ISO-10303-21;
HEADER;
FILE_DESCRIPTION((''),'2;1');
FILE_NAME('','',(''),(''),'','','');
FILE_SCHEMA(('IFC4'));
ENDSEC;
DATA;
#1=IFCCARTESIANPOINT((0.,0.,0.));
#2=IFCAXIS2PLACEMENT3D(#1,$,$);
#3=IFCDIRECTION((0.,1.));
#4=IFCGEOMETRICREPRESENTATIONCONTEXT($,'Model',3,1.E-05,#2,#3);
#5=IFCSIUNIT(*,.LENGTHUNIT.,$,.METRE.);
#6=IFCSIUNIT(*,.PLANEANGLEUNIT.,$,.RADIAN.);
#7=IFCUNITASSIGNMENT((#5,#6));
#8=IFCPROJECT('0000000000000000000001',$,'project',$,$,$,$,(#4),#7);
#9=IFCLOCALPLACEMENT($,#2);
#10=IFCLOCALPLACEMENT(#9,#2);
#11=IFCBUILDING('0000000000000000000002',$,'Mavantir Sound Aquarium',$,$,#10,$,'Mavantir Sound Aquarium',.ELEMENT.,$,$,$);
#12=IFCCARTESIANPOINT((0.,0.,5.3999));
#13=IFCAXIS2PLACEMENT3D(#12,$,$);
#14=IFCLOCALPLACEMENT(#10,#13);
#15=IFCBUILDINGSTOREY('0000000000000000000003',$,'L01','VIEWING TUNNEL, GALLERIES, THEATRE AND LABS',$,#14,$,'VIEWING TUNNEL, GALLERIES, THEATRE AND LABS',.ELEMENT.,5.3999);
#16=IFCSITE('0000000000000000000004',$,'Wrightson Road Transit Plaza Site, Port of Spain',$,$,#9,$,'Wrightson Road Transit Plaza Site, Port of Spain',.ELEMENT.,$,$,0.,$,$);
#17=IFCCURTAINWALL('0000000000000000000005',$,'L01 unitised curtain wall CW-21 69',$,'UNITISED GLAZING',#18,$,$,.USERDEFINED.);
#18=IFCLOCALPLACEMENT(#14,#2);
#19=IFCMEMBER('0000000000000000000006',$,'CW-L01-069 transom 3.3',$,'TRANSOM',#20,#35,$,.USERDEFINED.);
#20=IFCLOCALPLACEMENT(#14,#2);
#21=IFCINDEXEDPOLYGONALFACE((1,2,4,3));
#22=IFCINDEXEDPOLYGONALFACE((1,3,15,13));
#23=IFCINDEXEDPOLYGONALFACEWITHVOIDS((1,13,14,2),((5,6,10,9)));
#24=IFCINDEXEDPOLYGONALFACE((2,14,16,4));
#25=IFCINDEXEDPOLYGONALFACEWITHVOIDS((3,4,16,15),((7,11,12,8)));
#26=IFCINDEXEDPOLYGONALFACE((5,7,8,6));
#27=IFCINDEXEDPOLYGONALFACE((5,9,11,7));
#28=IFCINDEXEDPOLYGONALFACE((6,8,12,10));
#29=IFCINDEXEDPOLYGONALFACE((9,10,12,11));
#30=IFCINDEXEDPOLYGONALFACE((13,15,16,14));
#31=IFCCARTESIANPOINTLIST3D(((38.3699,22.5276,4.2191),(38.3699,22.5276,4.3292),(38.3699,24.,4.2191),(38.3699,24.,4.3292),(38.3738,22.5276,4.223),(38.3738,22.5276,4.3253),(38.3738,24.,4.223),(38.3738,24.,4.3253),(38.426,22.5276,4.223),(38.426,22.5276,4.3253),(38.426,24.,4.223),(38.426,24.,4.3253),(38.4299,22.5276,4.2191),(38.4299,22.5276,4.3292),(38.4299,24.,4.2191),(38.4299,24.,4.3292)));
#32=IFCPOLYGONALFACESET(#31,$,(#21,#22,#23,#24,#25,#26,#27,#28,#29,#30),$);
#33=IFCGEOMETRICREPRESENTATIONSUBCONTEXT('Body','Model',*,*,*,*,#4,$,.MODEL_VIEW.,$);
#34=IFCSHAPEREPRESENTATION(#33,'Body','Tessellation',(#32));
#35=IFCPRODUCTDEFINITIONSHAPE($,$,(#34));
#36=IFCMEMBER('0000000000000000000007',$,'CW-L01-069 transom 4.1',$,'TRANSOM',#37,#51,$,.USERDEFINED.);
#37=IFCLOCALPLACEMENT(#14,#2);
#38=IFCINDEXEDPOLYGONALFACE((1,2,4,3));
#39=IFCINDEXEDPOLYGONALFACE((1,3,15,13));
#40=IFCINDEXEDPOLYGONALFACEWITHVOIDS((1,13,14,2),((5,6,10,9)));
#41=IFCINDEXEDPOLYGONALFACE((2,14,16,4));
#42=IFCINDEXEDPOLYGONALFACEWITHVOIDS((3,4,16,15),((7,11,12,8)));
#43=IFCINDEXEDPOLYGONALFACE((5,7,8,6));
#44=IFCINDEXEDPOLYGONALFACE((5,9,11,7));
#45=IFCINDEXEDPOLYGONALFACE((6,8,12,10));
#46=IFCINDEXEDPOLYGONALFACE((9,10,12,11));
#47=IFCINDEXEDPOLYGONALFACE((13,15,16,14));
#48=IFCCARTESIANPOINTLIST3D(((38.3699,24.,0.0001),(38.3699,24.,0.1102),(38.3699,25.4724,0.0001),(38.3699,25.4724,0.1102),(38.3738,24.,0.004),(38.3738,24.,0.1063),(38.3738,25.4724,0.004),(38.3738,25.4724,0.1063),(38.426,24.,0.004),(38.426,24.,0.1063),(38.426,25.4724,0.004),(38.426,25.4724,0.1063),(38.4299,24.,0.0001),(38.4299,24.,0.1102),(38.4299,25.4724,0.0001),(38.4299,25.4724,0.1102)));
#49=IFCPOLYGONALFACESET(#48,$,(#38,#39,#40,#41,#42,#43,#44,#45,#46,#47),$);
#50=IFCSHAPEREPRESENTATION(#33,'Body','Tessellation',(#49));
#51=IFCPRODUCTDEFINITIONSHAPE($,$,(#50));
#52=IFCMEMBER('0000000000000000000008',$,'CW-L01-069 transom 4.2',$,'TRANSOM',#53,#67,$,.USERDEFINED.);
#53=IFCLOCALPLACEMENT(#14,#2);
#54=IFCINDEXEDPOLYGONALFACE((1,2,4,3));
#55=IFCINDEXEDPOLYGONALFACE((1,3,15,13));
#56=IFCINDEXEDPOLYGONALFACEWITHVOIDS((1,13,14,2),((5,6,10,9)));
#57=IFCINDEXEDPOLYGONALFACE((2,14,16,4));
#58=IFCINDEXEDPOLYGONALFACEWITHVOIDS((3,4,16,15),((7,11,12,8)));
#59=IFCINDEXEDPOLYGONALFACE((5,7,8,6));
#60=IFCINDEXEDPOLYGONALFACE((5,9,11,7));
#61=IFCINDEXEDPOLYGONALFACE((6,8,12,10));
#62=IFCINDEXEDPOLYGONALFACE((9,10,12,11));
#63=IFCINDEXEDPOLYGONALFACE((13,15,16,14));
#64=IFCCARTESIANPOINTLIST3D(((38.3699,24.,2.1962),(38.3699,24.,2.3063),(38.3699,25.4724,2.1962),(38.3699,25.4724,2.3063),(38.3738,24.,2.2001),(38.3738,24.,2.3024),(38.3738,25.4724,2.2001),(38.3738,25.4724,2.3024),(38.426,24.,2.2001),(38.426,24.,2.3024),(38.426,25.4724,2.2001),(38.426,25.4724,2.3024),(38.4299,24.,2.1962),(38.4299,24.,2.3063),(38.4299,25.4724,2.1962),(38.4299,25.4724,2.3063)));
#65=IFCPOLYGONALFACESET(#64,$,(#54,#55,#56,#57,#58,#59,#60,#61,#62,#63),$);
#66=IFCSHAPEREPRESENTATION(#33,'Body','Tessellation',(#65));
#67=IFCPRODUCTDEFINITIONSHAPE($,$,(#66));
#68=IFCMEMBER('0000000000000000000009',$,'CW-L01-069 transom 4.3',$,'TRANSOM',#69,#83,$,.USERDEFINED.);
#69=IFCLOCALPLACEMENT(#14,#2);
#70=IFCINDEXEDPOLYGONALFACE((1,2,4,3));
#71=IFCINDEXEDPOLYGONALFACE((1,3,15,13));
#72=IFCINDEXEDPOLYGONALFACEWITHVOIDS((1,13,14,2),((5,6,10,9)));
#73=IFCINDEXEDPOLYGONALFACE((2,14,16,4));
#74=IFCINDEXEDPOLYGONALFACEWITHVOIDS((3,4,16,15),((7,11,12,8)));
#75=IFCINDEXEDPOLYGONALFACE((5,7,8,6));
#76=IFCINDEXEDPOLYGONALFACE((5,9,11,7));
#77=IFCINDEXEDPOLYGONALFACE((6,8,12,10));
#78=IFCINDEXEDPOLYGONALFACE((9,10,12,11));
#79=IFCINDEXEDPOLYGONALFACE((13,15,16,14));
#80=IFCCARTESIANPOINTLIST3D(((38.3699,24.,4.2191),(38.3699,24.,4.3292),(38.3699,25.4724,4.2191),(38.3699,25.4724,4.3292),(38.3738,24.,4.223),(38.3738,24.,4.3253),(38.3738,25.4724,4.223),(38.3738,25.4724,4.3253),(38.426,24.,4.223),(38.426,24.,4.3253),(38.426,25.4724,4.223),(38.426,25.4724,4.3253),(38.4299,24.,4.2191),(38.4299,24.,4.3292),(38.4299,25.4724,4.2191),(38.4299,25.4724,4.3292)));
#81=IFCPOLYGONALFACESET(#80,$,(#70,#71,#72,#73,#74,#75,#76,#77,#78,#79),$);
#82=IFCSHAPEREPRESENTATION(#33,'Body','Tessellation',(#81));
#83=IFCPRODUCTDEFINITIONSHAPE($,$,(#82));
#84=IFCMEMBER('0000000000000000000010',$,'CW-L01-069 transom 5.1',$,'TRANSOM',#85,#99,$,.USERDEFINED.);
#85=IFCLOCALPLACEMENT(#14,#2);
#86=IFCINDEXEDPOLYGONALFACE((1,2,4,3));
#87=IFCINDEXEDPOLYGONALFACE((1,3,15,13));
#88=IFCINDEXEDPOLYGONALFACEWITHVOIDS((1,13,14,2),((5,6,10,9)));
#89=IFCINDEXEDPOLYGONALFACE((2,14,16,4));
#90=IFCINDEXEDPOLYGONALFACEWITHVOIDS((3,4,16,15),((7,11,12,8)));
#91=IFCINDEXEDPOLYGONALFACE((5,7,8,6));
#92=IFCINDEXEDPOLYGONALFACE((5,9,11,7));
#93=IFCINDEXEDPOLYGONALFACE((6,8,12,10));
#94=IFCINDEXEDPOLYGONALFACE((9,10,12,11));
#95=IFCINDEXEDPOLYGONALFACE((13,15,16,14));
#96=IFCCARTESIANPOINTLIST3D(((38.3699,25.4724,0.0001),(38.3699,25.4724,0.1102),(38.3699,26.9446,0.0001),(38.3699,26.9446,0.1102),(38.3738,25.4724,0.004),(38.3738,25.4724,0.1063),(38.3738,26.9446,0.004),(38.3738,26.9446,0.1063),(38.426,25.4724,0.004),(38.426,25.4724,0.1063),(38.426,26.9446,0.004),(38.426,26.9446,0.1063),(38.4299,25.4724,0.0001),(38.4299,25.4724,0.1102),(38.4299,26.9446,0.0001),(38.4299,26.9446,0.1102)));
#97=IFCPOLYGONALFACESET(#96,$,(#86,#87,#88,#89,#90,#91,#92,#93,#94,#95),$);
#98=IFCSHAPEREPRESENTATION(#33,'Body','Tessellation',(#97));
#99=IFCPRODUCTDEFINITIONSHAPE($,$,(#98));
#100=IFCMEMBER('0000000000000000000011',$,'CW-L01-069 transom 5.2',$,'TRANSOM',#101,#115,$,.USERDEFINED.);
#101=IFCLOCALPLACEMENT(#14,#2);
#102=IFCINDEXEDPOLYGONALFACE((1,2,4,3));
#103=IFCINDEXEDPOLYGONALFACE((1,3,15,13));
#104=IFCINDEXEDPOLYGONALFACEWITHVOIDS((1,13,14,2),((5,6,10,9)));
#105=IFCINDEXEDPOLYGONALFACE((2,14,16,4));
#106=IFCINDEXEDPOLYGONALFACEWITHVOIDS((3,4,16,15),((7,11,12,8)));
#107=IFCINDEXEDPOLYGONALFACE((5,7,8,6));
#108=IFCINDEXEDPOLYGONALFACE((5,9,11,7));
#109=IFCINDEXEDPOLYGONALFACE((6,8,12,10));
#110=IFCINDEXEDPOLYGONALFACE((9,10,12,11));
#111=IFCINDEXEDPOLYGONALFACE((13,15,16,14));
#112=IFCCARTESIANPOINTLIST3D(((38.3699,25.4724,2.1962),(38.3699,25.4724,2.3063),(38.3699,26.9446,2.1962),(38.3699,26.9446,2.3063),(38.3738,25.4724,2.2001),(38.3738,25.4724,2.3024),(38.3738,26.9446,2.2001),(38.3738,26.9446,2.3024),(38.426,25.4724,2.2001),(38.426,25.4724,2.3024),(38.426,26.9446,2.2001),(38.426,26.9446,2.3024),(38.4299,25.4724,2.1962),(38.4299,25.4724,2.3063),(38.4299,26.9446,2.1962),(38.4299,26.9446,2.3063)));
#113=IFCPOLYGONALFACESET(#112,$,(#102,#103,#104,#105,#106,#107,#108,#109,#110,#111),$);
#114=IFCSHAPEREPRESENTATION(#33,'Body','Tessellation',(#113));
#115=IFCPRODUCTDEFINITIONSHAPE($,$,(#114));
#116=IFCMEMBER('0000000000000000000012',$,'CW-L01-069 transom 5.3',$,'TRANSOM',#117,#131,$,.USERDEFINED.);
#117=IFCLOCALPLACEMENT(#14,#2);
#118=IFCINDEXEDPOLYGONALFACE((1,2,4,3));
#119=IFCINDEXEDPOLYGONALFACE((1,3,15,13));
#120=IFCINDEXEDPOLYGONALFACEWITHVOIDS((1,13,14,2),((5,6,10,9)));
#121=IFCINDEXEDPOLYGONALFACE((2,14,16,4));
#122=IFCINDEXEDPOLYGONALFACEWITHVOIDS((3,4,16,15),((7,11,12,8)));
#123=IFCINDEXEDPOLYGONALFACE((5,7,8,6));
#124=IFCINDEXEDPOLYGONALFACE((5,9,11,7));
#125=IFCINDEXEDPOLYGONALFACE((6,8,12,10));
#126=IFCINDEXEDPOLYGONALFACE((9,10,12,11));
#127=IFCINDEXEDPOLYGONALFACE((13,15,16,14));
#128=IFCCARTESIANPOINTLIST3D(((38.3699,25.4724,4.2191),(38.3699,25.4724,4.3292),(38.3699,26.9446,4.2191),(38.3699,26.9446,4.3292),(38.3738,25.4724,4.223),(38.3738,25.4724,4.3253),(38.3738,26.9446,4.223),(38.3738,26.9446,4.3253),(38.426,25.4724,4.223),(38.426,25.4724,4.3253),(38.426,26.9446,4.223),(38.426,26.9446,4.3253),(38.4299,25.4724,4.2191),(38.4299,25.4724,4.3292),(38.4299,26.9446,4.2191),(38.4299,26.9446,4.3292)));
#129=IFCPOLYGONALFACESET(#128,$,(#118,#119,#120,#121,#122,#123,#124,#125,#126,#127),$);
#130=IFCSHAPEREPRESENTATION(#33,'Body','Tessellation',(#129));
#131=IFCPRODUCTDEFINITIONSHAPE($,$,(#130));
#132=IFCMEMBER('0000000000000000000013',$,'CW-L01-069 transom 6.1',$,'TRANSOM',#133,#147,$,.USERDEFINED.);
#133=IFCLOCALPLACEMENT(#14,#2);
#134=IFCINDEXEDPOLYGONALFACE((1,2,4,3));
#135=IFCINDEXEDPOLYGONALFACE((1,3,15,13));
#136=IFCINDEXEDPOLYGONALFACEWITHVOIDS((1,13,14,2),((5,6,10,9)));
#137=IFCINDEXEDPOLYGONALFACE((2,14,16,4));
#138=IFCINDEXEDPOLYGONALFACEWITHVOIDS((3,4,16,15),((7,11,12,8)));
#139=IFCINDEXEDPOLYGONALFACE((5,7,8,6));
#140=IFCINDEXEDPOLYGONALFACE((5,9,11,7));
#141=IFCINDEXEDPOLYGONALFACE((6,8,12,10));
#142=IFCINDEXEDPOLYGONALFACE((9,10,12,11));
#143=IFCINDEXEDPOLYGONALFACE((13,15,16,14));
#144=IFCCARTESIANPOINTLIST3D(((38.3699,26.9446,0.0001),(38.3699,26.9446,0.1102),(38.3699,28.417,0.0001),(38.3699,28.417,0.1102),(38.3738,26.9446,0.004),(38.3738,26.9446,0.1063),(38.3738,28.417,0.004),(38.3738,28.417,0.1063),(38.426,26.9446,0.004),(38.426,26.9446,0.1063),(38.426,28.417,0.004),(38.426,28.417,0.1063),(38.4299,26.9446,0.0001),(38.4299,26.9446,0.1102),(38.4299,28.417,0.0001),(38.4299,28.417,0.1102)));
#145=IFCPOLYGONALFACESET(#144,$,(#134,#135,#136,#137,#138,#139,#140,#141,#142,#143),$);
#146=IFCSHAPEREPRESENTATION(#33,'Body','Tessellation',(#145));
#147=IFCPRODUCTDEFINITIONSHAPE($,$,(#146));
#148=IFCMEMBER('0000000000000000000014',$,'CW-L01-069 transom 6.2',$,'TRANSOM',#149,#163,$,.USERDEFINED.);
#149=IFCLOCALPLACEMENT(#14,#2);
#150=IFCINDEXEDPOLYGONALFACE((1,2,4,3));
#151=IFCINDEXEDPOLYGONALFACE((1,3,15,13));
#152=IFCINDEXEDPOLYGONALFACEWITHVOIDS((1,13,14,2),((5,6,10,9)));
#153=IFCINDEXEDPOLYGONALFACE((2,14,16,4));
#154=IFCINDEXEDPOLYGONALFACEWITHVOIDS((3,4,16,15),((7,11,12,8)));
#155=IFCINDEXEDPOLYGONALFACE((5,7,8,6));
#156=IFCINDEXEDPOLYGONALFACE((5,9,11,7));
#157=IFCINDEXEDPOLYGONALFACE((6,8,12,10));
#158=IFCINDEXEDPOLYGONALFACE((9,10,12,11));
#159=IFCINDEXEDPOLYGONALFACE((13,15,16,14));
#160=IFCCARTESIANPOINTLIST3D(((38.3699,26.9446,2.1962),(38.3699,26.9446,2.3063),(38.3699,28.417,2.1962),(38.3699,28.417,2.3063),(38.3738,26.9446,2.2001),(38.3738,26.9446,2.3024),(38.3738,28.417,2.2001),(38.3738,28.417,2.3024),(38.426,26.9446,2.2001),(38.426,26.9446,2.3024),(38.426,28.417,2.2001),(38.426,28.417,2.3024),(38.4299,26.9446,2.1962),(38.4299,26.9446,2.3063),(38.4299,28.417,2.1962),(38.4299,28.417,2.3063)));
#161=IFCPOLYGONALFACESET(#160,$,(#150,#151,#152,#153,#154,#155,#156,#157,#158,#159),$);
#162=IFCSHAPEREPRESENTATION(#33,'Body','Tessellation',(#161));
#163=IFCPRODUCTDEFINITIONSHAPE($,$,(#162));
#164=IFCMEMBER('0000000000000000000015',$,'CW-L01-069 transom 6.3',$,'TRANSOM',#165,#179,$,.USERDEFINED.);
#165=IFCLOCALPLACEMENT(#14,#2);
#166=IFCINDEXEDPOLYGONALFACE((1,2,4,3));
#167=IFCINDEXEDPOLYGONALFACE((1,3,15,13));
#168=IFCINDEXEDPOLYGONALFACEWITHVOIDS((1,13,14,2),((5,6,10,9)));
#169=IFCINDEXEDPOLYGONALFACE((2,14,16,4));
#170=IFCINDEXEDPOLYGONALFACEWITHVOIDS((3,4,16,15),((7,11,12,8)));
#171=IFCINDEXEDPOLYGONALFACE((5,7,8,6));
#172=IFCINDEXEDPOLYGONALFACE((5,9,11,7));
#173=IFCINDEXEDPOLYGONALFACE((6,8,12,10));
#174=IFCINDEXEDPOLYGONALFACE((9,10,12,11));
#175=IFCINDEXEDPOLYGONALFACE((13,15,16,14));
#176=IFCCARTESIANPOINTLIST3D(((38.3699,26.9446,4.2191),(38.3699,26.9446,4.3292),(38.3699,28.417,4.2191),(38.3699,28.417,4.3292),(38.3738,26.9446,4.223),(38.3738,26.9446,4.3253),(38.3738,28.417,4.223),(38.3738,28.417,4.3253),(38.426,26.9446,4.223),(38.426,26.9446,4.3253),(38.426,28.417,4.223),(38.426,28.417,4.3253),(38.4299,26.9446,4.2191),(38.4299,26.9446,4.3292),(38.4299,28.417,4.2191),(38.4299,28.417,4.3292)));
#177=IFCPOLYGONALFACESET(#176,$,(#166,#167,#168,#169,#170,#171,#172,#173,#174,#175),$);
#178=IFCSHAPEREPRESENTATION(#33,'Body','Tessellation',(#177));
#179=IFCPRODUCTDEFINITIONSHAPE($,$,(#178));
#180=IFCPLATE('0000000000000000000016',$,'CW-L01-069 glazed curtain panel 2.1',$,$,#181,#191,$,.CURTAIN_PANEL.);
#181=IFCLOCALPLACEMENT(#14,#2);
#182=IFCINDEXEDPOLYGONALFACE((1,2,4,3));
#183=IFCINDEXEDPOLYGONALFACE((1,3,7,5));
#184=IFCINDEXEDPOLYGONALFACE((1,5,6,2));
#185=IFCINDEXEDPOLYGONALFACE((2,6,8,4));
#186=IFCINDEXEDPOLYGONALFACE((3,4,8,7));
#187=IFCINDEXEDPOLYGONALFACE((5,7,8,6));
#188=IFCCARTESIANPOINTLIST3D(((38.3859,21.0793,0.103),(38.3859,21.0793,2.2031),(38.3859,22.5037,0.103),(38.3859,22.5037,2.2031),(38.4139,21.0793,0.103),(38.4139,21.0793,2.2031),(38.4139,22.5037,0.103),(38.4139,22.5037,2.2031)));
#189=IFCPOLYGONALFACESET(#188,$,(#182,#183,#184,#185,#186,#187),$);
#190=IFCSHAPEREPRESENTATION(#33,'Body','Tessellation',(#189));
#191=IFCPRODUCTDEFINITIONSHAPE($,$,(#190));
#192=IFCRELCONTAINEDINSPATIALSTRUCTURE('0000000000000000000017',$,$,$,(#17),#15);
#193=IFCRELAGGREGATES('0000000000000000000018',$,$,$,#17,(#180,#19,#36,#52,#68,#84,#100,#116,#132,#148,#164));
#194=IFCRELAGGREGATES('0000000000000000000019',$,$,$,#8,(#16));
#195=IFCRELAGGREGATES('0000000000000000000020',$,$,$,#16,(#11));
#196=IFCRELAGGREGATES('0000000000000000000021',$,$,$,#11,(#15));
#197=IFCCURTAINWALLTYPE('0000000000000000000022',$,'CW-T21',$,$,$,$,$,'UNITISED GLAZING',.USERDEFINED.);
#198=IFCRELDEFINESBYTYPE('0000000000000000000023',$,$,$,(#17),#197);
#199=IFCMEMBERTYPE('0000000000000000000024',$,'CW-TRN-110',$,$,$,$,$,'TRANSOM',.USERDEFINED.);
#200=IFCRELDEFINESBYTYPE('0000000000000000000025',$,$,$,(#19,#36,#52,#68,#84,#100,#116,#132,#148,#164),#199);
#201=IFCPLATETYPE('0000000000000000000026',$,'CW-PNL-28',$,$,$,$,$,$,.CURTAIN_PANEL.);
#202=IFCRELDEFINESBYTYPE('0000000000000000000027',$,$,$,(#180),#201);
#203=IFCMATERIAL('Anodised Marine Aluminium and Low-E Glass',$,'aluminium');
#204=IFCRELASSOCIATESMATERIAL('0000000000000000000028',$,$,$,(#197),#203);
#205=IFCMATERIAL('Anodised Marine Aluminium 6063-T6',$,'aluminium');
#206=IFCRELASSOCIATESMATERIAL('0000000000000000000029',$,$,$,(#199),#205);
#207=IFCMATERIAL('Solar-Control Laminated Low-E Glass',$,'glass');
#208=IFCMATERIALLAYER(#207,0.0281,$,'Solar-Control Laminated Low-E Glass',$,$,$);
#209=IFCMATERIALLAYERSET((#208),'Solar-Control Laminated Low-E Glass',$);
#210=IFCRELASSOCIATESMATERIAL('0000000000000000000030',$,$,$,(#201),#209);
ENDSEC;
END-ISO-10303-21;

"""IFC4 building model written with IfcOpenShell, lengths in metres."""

from ifc_helpers import new_model, si_unit, direction, frame, origin, origin_2d, place, context, subcontext, project, spatial, rectangle, hollow_rectangle, extrude, material, layer, layer_set, material_profile, profile_set, type_object, element, aggregate, save


model = new_model("IFC4")

# Units and contexts
model_context = context("Model", 3, precision=1e-05, world=origin(), true_north=direction((0.0, 1.0)))
body_context = subcontext(model_context, "Body", "Model", "MODEL_VIEW")
ifc_project = project(units=[si_unit("LENGTHUNIT", "METRE"), si_unit("PLANEANGLEUNIT", "RADIAN")], contexts=[model_context])

# Site, building, storey
site_placement = place(None, origin())
site = spatial("IfcSite", under=ifc_project, at=site_placement, Name="Wrightson Road Transit Plaza Site, Port of Spain", LongName="Wrightson Road Transit Plaza Site, Port of Spain", CompositionType="ELEMENT", RefElevation=0.0)
building_placement = place(site_placement, origin())
building = spatial("IfcBuilding", under=site, at=building_placement, Name="Mavantir Sound Aquarium", LongName="Mavantir Sound Aquarium", CompositionType="ELEMENT")
storey_placement = place(building_placement, frame((0.0, 0.0, 5.3999)))
storey = spatial("IfcBuildingStorey", under=building, at=storey_placement, Name="L01", Description="VIEWING TUNNEL, GALLERIES, THEATRE AND LABS", LongName="VIEWING TUNNEL, GALLERIES, THEATRE AND LABS", CompositionType="ELEMENT", Elevation=5.3999)

# Curtain wall, members, plate
ifc_material_1 = material(Name="Anodised Marine Aluminium and Low-E Glass", Category="aluminium")
curtain_wall_type = type_object("IfcCurtainWallType", Name="CW-T21", ElementType="UNITISED GLAZING", PredefinedType="USERDEFINED", material=ifc_material_1)
curtain_wall_placement = place(storey_placement, origin())
curtain_wall = element("IfcCurtainWall", 1, at=curtain_wall_placement, inside=storey, type_object=curtain_wall_type, Name="L01 unitised curtain wall CW-21 69", ObjectType="UNITISED GLAZING", PredefinedType="USERDEFINED")
ifc_material_2 = material(Name="Anodised Marine Aluminium 6063-T6", Category="aluminium")
ifc_material_profile_1 = material_profile(ifc_material_2, hollow_rectangle(XDim=0.0601, YDim=0.1101, WallThickness=0.0039, at=origin_2d()), Name="ALU-TRANSOM-110X60")
ifc_profile_set_1 = profile_set([ifc_material_profile_1], Name="Anodised Marine Aluminium 6063-T6")
member_type_1 = type_object("IfcMemberType", Name="CW-TRN-110", ElementType="TRANSOM", PredefinedType="USERDEFINED", material=ifc_profile_set_1)
member_1_placement = place(storey_placement, frame((38.3999, 22.5276, 4.2742), z_axis=(0.0, 1.0, 0.0), x_axis=(-1.0, 0.0, 0.0)))
member_1 = element("IfcMember", 2, at=member_1_placement, type_object=member_type_1, Name="CW-L01-069 transom 3.3", ObjectType="TRANSOM", PredefinedType="USERDEFINED", context=body_context, shape_type="SweptSolid", body=[
    extrude(hollow_rectangle(XDim=0.0601, YDim=0.1101, WallThickness=0.0039, at=origin_2d()), origin(), (0.0, 0.0, 1.0), 1.4724),
])
member_2_placement = place(storey_placement, frame((38.3999, 24.0, 0.0552), z_axis=(0.0, 1.0, 0.0), x_axis=(-1.0, 0.0, 0.0)))
member_2 = element("IfcMember", 3, at=member_2_placement, type_object=member_type_1, Name="CW-L01-069 transom 4.1", ObjectType="TRANSOM", PredefinedType="USERDEFINED", context=body_context, shape_type="SweptSolid", body=[
    extrude(hollow_rectangle(XDim=0.0601, YDim=0.1101, WallThickness=0.0039, at=origin_2d()), origin(), (0.0, 0.0, 1.0), 1.4724),
])
member_3_placement = place(storey_placement, frame((38.3999, 24.0, 2.2512), z_axis=(0.0, 1.0, 0.0), x_axis=(-1.0, 0.0, 0.0)))
member_3 = element("IfcMember", 4, at=member_3_placement, type_object=member_type_1, Name="CW-L01-069 transom 4.2", ObjectType="TRANSOM", PredefinedType="USERDEFINED", context=body_context, shape_type="SweptSolid", body=[
    extrude(hollow_rectangle(XDim=0.0601, YDim=0.1101, WallThickness=0.0039, at=origin_2d()), origin(), (0.0, 0.0, 1.0), 1.4724),
])
member_4_placement = place(storey_placement, frame((38.3999, 24.0, 4.2742), z_axis=(0.0, 1.0, 0.0), x_axis=(-1.0, 0.0, 0.0)))
member_4 = element("IfcMember", 5, at=member_4_placement, type_object=member_type_1, Name="CW-L01-069 transom 4.3", ObjectType="TRANSOM", PredefinedType="USERDEFINED", context=body_context, shape_type="SweptSolid", body=[
    extrude(hollow_rectangle(XDim=0.0601, YDim=0.1101, WallThickness=0.0039, at=origin_2d()), origin(), (0.0, 0.0, 1.0), 1.4724),
])
member_5_placement = place(storey_placement, frame((38.3999, 25.4724, 0.0552), z_axis=(0.0, 1.0, 0.0), x_axis=(-1.0, 0.0, 0.0)))
member_5 = element("IfcMember", 6, at=member_5_placement, type_object=member_type_1, Name="CW-L01-069 transom 5.1", ObjectType="TRANSOM", PredefinedType="USERDEFINED", context=body_context, shape_type="SweptSolid", body=[
    extrude(hollow_rectangle(XDim=0.0601, YDim=0.1101, WallThickness=0.0039, at=origin_2d()), origin(), (0.0, 0.0, 1.0), 1.4722),
])
member_6_placement = place(storey_placement, frame((38.3999, 25.4724, 2.2512), z_axis=(0.0, 1.0, 0.0), x_axis=(-1.0, 0.0, 0.0)))
member_6 = element("IfcMember", 7, at=member_6_placement, type_object=member_type_1, Name="CW-L01-069 transom 5.2", ObjectType="TRANSOM", PredefinedType="USERDEFINED", context=body_context, shape_type="SweptSolid", body=[
    extrude(hollow_rectangle(XDim=0.0601, YDim=0.1101, WallThickness=0.0039, at=origin_2d()), origin(), (0.0, 0.0, 1.0), 1.4722),
])
member_7_placement = place(storey_placement, frame((38.3999, 25.4724, 4.2742), z_axis=(0.0, 1.0, 0.0), x_axis=(-1.0, 0.0, 0.0)))
member_7 = element("IfcMember", 8, at=member_7_placement, type_object=member_type_1, Name="CW-L01-069 transom 5.3", ObjectType="TRANSOM", PredefinedType="USERDEFINED", context=body_context, shape_type="SweptSolid", body=[
    extrude(hollow_rectangle(XDim=0.0601, YDim=0.1101, WallThickness=0.0039, at=origin_2d()), origin(), (0.0, 0.0, 1.0), 1.4722),
])
member_8_placement = place(storey_placement, frame((38.3999, 26.9446, 0.0552), z_axis=(0.0, 1.0, 0.0), x_axis=(-1.0, 0.0, 0.0)))
member_8 = element("IfcMember", 9, at=member_8_placement, type_object=member_type_1, Name="CW-L01-069 transom 6.1", ObjectType="TRANSOM", PredefinedType="USERDEFINED", context=body_context, shape_type="SweptSolid", body=[
    extrude(hollow_rectangle(XDim=0.0601, YDim=0.1101, WallThickness=0.0039, at=origin_2d()), origin(), (0.0, 0.0, 1.0), 1.4724),
])
member_9_placement = place(storey_placement, frame((38.3999, 26.9446, 2.2512), z_axis=(0.0, 1.0, 0.0), x_axis=(-1.0, 0.0, 0.0)))
member_9 = element("IfcMember", 10, at=member_9_placement, type_object=member_type_1, Name="CW-L01-069 transom 6.2", ObjectType="TRANSOM", PredefinedType="USERDEFINED", context=body_context, shape_type="SweptSolid", body=[
    extrude(hollow_rectangle(XDim=0.0601, YDim=0.1101, WallThickness=0.0039, at=origin_2d()), origin(), (0.0, 0.0, 1.0), 1.4724),
])
member_10_placement = place(storey_placement, frame((38.3999, 26.9446, 4.2742), z_axis=(0.0, 1.0, 0.0), x_axis=(-1.0, 0.0, 0.0)))
member_10 = element("IfcMember", 11, at=member_10_placement, type_object=member_type_1, Name="CW-L01-069 transom 6.3", ObjectType="TRANSOM", PredefinedType="USERDEFINED", context=body_context, shape_type="SweptSolid", body=[
    extrude(hollow_rectangle(XDim=0.0601, YDim=0.1101, WallThickness=0.0039, at=origin_2d()), origin(), (0.0, 0.0, 1.0), 1.4724),
])
ifc_material_3 = material(Name="Solar-Control Laminated Low-E Glass", Category="glass")
ifc_layer = layer(ifc_material_3, 0.0281, Name="Solar-Control Laminated Low-E Glass")
ifc_layer_set = layer_set([ifc_layer], Name="Solar-Control Laminated Low-E Glass")
plate_type = type_object("IfcPlateType", Name="CW-PNL-28", PredefinedType="CURTAIN_PANEL", material=ifc_layer_set)
plate_1_placement = place(storey_placement, frame((38.3999, 21.7915, 0.103), z_axis=(0.0, 0.0, 1.0), x_axis=(0.0, 1.0, 0.0)))
plate_1 = element("IfcPlate", 12, at=plate_1_placement, type_object=plate_type, Name="CW-L01-069 glazed curtain panel 2.1", PredefinedType="CURTAIN_PANEL", context=body_context, shape_type="SweptSolid", body=[
    extrude(rectangle(XDim=1.4243, YDim=0.0281, at=origin_2d()), origin(), (0.0, 0.0, 1.0), 2.1001),
])
aggregate(curtain_wall, [plate_1, member_1, member_2, member_3, member_4, member_5, member_6, member_7, member_8, member_9, member_10])

save(model, "model.ifc")
